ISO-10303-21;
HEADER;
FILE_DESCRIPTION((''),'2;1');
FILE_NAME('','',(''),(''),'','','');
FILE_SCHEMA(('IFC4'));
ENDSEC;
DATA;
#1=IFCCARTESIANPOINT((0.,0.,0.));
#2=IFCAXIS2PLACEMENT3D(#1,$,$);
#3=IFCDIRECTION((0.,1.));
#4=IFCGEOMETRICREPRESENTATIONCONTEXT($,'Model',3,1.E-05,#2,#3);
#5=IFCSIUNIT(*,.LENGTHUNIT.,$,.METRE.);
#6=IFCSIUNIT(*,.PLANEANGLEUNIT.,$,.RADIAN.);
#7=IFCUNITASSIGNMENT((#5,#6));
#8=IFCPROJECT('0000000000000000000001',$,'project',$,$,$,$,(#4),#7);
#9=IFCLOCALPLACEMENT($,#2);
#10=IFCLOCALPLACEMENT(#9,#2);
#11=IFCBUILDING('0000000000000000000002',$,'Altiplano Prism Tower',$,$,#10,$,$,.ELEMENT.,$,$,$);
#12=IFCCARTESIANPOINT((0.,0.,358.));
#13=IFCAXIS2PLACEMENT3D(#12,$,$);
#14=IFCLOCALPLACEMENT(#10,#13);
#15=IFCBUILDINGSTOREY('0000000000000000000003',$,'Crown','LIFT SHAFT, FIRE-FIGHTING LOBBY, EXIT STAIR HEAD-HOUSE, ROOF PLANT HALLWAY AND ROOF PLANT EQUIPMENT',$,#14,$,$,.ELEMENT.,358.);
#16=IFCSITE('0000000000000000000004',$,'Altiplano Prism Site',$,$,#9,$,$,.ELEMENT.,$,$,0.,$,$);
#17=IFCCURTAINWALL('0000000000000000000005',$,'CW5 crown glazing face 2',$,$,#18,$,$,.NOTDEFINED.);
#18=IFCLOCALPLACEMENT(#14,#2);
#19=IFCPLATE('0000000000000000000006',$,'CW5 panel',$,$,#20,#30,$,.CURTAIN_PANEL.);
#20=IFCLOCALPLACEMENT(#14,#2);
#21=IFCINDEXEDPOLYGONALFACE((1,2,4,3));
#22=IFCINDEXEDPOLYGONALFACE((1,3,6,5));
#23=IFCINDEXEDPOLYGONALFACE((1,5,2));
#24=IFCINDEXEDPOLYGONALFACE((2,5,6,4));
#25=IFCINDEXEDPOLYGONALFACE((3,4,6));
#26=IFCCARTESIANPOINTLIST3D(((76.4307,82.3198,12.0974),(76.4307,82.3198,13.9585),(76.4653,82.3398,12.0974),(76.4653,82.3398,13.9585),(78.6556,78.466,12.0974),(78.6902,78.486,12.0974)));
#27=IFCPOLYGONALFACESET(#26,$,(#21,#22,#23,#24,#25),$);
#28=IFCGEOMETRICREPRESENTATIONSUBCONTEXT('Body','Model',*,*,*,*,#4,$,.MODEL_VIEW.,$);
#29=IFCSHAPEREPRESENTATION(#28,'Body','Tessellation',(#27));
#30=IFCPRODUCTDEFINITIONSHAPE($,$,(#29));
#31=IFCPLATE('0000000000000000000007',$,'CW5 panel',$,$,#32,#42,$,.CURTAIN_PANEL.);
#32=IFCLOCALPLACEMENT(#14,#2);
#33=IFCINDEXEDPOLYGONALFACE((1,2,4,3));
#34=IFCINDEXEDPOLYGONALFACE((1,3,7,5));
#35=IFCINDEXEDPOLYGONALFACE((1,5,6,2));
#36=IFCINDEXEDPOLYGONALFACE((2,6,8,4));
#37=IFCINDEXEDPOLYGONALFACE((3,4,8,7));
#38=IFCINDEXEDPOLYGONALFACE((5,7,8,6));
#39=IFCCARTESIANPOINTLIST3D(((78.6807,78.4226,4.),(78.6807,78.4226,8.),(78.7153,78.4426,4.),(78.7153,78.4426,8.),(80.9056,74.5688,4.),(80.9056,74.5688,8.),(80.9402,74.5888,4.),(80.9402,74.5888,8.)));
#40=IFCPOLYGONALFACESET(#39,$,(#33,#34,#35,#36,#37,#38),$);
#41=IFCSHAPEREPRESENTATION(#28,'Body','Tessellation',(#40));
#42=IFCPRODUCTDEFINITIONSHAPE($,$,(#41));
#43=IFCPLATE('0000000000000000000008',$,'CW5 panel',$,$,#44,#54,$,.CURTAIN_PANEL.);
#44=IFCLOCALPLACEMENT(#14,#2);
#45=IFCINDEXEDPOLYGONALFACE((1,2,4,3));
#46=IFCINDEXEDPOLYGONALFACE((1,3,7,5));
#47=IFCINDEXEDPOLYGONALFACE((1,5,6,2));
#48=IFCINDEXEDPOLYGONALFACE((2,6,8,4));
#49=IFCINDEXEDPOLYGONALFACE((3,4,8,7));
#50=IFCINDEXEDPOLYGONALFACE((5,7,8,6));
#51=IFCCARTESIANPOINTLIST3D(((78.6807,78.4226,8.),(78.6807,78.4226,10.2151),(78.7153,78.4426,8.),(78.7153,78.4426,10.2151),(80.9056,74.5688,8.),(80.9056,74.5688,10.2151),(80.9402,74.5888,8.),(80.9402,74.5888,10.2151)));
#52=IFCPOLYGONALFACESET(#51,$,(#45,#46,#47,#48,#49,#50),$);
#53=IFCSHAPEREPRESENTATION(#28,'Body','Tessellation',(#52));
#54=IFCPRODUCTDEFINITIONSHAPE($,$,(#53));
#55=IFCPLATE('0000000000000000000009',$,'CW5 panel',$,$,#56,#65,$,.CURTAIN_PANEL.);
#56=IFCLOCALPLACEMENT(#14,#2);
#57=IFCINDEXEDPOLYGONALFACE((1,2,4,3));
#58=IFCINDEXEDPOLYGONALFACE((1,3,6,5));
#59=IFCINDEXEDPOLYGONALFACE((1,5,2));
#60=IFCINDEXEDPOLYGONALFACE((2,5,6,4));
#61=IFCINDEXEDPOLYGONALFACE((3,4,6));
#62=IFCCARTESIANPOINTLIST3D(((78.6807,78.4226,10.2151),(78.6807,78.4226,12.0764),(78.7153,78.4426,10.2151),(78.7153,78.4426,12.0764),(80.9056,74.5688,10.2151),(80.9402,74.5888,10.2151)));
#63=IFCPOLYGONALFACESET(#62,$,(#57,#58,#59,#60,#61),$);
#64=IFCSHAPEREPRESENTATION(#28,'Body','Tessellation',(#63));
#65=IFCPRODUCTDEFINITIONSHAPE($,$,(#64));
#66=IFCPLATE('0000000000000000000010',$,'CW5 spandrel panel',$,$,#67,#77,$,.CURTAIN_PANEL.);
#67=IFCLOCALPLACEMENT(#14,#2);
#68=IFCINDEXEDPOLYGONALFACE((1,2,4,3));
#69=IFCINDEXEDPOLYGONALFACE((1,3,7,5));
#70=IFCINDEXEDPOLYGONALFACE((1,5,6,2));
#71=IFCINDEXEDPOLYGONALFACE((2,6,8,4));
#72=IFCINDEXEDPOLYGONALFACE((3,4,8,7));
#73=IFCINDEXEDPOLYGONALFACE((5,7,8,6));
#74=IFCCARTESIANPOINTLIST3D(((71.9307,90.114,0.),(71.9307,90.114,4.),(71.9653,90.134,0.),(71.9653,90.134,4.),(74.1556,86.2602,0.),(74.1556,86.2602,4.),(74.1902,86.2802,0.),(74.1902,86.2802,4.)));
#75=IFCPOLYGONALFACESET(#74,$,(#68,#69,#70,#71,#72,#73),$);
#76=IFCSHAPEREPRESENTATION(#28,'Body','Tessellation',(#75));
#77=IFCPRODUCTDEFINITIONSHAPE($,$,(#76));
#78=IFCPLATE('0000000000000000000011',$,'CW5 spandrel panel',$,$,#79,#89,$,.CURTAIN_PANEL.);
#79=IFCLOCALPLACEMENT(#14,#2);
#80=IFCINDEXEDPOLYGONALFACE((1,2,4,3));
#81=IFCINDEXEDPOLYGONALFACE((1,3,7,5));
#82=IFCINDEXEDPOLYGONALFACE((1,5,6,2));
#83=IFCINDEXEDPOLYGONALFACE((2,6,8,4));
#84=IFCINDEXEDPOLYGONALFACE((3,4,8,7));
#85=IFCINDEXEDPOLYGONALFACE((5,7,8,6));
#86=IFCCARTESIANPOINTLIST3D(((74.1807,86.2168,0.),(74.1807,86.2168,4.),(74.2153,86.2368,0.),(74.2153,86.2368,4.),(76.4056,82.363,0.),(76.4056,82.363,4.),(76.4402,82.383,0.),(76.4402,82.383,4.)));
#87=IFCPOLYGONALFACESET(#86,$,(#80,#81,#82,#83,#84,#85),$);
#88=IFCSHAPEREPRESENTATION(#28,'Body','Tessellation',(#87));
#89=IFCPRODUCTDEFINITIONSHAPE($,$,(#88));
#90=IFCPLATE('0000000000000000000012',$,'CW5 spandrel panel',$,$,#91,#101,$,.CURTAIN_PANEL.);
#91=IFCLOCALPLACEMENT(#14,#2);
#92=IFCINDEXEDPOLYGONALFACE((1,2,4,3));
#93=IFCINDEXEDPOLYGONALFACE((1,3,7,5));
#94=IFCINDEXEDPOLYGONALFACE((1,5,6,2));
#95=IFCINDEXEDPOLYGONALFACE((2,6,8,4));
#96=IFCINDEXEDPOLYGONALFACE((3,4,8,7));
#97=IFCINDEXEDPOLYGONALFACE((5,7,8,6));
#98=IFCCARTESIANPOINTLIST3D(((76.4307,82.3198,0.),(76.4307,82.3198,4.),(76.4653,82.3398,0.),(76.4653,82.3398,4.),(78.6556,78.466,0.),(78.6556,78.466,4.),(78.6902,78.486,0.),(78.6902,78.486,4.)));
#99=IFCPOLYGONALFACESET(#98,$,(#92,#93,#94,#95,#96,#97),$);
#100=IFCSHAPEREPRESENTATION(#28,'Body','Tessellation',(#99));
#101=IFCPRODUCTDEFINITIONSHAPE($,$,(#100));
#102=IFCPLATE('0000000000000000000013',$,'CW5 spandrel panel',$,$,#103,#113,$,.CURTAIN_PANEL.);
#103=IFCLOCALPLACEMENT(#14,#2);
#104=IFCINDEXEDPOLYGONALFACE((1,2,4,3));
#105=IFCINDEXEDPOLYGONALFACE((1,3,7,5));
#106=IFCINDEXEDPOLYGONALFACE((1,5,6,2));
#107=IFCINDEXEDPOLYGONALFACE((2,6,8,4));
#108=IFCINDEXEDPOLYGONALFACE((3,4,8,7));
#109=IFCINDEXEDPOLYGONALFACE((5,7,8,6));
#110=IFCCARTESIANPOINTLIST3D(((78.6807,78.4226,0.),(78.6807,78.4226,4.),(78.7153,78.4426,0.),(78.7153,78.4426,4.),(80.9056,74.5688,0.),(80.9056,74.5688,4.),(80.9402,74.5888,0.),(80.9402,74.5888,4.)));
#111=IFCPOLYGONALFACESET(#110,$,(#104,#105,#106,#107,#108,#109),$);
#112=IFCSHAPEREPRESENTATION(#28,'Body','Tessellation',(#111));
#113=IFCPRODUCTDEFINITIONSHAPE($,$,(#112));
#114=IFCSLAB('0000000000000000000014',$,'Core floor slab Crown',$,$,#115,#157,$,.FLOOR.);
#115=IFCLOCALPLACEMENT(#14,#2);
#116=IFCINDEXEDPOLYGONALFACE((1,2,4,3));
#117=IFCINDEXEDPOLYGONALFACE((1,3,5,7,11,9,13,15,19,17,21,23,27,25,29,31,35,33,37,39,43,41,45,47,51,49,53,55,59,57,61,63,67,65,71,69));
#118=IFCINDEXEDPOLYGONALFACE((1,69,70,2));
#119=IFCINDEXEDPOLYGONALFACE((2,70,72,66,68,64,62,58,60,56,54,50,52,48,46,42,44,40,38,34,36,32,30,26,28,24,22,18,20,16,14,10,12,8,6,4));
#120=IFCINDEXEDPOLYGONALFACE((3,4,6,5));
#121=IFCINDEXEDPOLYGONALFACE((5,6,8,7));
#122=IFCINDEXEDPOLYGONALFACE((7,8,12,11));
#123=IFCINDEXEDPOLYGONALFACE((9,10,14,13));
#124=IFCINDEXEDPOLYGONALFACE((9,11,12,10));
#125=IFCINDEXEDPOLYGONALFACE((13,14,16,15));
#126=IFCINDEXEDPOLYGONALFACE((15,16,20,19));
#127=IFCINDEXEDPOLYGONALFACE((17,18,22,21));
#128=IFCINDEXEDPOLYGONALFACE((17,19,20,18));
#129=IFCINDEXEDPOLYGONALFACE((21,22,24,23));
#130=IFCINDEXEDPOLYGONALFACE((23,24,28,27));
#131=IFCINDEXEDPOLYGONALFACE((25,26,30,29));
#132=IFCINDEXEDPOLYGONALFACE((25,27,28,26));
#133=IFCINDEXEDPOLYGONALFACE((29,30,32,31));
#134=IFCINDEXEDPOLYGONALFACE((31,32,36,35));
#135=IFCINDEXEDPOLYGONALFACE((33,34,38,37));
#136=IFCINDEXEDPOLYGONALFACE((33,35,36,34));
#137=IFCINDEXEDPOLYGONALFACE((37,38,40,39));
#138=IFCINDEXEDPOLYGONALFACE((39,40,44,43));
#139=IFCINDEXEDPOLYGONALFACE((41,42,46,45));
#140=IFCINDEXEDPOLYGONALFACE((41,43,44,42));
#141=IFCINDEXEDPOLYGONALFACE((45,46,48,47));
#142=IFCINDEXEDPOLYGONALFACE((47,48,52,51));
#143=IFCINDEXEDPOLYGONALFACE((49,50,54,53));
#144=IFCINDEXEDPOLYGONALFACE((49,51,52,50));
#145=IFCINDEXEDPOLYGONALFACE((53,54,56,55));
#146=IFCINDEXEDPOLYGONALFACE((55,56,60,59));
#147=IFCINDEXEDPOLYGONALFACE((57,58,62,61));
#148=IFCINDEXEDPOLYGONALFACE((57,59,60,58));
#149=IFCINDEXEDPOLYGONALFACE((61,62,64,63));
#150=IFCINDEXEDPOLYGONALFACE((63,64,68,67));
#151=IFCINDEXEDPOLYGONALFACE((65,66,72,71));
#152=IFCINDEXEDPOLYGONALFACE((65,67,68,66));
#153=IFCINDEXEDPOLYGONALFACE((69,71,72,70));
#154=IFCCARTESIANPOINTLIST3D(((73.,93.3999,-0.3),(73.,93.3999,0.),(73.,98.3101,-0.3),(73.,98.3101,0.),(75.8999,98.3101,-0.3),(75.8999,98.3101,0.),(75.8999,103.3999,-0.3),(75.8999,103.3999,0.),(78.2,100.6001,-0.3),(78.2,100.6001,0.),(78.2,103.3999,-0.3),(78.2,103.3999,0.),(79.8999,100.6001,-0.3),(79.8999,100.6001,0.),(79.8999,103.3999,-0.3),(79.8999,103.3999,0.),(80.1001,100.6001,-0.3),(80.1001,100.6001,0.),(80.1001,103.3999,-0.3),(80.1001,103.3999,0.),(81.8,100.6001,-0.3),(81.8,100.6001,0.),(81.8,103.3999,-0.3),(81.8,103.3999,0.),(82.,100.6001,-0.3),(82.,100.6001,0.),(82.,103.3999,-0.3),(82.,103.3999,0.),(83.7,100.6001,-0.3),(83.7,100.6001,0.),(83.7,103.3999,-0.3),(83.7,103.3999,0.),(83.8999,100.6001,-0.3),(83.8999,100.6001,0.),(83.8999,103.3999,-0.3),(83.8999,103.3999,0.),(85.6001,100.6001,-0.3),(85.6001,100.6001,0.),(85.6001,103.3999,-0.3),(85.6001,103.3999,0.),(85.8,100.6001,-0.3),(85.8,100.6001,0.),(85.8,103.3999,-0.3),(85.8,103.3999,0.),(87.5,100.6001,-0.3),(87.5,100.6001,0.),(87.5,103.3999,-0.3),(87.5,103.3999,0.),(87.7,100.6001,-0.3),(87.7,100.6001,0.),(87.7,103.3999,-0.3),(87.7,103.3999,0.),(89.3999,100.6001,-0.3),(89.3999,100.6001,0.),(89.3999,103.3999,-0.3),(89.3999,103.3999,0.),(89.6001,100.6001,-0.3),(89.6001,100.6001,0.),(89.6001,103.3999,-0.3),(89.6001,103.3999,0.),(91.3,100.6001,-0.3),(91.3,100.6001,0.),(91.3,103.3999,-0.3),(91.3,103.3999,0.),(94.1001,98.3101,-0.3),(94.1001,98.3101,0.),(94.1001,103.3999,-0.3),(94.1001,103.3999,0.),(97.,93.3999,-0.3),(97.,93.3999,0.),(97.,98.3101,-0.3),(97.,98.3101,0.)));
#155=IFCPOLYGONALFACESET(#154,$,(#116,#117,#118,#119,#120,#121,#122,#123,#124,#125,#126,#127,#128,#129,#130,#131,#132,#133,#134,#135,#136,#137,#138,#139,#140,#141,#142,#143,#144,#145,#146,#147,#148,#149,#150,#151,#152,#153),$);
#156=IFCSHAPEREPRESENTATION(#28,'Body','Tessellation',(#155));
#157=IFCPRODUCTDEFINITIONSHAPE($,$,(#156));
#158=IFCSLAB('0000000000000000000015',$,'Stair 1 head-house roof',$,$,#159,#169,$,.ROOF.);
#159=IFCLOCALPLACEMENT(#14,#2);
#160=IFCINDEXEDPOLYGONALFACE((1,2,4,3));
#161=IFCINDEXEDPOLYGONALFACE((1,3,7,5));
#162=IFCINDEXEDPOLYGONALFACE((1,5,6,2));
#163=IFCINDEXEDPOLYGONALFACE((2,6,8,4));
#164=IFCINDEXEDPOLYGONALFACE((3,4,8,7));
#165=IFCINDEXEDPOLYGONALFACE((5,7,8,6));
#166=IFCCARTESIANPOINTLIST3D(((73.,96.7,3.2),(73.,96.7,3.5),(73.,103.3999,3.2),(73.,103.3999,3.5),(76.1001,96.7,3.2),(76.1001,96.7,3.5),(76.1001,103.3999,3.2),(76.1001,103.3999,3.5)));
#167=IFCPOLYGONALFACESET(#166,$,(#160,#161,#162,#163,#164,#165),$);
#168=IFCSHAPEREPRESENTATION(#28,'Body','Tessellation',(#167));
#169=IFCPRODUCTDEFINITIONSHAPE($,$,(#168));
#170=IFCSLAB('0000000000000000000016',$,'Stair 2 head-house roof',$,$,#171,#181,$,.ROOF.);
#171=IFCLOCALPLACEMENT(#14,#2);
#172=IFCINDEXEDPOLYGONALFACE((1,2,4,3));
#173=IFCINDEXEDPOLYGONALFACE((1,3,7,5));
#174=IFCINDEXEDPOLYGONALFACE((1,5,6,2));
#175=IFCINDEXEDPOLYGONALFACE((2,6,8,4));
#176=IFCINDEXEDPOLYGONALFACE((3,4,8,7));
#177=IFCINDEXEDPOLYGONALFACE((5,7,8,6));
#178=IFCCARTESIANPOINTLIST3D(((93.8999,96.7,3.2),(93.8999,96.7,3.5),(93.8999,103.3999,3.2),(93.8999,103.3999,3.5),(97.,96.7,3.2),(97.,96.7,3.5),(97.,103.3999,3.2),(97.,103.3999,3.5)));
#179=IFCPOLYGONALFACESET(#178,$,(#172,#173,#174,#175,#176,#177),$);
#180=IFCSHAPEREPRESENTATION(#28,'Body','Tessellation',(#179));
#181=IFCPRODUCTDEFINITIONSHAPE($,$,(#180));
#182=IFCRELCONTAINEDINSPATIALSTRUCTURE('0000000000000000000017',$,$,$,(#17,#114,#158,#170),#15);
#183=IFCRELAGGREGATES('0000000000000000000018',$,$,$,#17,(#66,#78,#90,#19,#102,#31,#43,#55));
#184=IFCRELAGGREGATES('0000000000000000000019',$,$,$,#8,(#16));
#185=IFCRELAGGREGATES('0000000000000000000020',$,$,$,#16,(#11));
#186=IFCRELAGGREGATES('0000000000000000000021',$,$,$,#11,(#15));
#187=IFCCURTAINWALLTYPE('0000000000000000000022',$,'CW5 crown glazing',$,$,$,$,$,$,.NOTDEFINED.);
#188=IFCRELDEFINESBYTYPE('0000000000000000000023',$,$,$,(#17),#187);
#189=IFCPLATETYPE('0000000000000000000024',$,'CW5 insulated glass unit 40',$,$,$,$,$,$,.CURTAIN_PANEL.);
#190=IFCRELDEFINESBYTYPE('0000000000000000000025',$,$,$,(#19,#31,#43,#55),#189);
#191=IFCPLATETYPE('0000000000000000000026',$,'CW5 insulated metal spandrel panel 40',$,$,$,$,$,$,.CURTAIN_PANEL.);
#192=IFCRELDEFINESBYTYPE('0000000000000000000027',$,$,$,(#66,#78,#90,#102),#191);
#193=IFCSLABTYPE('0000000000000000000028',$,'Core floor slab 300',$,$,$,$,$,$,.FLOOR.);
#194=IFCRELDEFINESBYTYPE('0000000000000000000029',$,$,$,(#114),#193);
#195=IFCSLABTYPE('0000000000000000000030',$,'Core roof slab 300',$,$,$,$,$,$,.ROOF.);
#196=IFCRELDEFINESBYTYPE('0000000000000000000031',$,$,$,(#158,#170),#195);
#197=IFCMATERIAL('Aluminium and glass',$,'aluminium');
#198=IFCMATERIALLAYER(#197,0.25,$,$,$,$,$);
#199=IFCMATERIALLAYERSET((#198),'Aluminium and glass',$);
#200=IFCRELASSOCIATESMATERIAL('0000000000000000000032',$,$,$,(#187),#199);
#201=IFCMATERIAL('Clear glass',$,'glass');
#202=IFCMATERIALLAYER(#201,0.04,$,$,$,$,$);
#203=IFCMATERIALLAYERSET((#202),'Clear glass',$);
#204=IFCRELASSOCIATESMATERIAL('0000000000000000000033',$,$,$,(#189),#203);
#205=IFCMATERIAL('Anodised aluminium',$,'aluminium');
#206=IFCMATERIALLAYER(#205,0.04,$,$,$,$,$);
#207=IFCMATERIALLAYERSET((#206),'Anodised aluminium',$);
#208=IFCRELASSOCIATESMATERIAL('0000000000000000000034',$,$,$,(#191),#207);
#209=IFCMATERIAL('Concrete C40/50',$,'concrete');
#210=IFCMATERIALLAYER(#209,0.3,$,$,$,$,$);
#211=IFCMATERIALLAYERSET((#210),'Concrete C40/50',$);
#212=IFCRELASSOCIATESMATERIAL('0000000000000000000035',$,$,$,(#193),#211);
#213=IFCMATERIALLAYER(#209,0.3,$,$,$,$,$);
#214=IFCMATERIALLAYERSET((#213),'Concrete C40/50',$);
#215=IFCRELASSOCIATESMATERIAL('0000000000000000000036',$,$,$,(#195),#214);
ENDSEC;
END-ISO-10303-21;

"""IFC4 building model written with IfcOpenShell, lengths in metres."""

from ifc_helpers import new_model, si_unit, direction, frame, origin, place, context, subcontext, project, spatial, polyline, outline, extrude, material, layer, layer_set, type_object, element, aggregate, save


model = new_model("IFC4")

# Units and contexts
model_context = context("Model", 3, precision=1e-05, world=origin(), true_north=direction((0.0, 1.0)))
body_context = subcontext(model_context, "Body", "Model", "MODEL_VIEW")
ifc_project = project(units=[si_unit("LENGTHUNIT", "METRE"), si_unit("PLANEANGLEUNIT", "RADIAN")], contexts=[model_context])

# Site, building, storey
site_placement = place(None, origin())
site = spatial("IfcSite", under=ifc_project, at=site_placement, Name="Altiplano Prism Site", CompositionType="ELEMENT", RefElevation=0.0)
building_placement = place(site_placement, origin())
building = spatial("IfcBuilding", under=site, at=building_placement, Name="Altiplano Prism Tower", CompositionType="ELEMENT")
storey_placement = place(building_placement, frame((0.0, 0.0, 358.0)))
storey = spatial("IfcBuildingStorey", under=building, at=storey_placement, Name="Crown", Description="LIFT SHAFT, FIRE-FIGHTING LOBBY, EXIT STAIR HEAD-HOUSE, ROOF PLANT HALLWAY AND ROOF PLANT EQUIPMENT", CompositionType="ELEMENT", Elevation=358.0)

# Curtain wall
ifc_material_1 = material(Name="Aluminium and glass", Category="aluminium")
ifc_layer_1 = layer(ifc_material_1, 0.25)
ifc_layer_set_1 = layer_set([ifc_layer_1], Name="Aluminium and glass")
curtain_wall_type = type_object("IfcCurtainWallType", Name="CW5 crown glazing", PredefinedType="NOTDEFINED", material=ifc_layer_set_1)
curtain_wall_placement = place(storey_placement, origin())
curtain_wall = element("IfcCurtainWall", 1, at=curtain_wall_placement, inside=storey, type_object=curtain_wall_type, Name="CW5 crown glazing face 2", PredefinedType="NOTDEFINED")

# Plates
ifc_material_2 = material(Name="Clear glass", Category="glass")
ifc_layer_2 = layer(ifc_material_2, 0.04)
ifc_layer_set_2 = layer_set([ifc_layer_2], Name="Clear glass")
plate_type_1 = type_object("IfcPlateType", Name="CW5 insulated glass unit 40", PredefinedType="CURTAIN_PANEL", material=ifc_layer_set_2)
plate_1_placement = place(storey_placement, frame((76.4307, 82.3198, 13.9585), z_axis=(-0.866037, -0.49998, 0.0), x_axis=(0.0, 0.0, -1.0)))
plate_1 = element("IfcPlate", 2, at=plate_1_placement, type_object=plate_type_1, Name="CW5 panel", PredefinedType="CURTAIN_PANEL", context=body_context, shape_type="SweptSolid", body=[
    extrude(outline(polyline([(0.0, 0.0), (1.8611, 0.0), (1.8611, 4.45), (0.0, 0.0)])), origin(), (0.0, 0.0, -1.0), 0.04),
])
plate_2_placement = place(storey_placement, frame((78.6807, 78.4226, 4.0), z_axis=(-0.866037, -0.49998, 0.0), x_axis=(0.49998, -0.866037, 0.0)))
plate_2 = element("IfcPlate", 3, at=plate_2_placement, type_object=plate_type_1, Name="CW5 panel", PredefinedType="CURTAIN_PANEL", context=body_context, shape_type="SweptSolid", body=[
    extrude(outline(polyline([(0.0, 0.0), (4.45, 0.0), (4.45, 4.0), (0.0, 4.0), (0.0, 0.0)])), origin(), (0.0, 0.0, -1.0), 0.04),
])
plate_3_placement = place(storey_placement, frame((78.6807, 78.4226, 8.0), z_axis=(-0.866037, -0.49998, 0.0), x_axis=(0.49998, -0.866037, 0.0)))
plate_3 = element("IfcPlate", 4, at=plate_3_placement, type_object=plate_type_1, Name="CW5 panel", PredefinedType="CURTAIN_PANEL", context=body_context, shape_type="SweptSolid", body=[
    extrude(outline(polyline([(0.0, 0.0), (4.45, 0.0), (4.45, 2.2151), (0.0, 2.2151), (0.0, 0.0)])), origin(), (0.0, 0.0, -1.0), 0.04),
])
plate_4_placement = place(storey_placement, frame((78.6807, 78.4226, 12.0764), z_axis=(-0.866037, -0.49998, 0.0), x_axis=(0.0, 0.0, -1.0)))
plate_4 = element("IfcPlate", 5, at=plate_4_placement, type_object=plate_type_1, Name="CW5 panel", PredefinedType="CURTAIN_PANEL", context=body_context, shape_type="SweptSolid", body=[
    extrude(outline(polyline([(0.0, 0.0), (1.8613, 0.0), (1.8613, 4.45), (0.0, 0.0)])), origin(), (0.0, 0.0, -1.0), 0.04),
])
ifc_material_3 = material(Name="Anodised aluminium", Category="aluminium")
ifc_layer_3 = layer(ifc_material_3, 0.04)
ifc_layer_set_3 = layer_set([ifc_layer_3], Name="Anodised aluminium")
plate_type_2 = type_object("IfcPlateType", Name="CW5 insulated metal spandrel panel 40", PredefinedType="CURTAIN_PANEL", material=ifc_layer_set_3)
plate_5_placement = place(storey_placement, frame((71.9307, 90.114, 0.0), z_axis=(-0.866037, -0.49998, 0.0), x_axis=(0.49998, -0.866037, 0.0)))
plate_5 = element("IfcPlate", 6, at=plate_5_placement, type_object=plate_type_2, Name="CW5 spandrel panel", PredefinedType="CURTAIN_PANEL", context=body_context, shape_type="SweptSolid", body=[
    extrude(outline(polyline([(0.0, 0.0), (4.45, 0.0), (4.45, 4.0), (0.0, 4.0), (0.0, 0.0)])), origin(), (0.0, 0.0, -1.0), 0.04),
])
plate_6_placement = place(storey_placement, frame((74.1807, 86.2168, 0.0), z_axis=(-0.866037, -0.49998, 0.0), x_axis=(0.49998, -0.866037, 0.0)))
plate_6 = element("IfcPlate", 7, at=plate_6_placement, type_object=plate_type_2, Name="CW5 spandrel panel", PredefinedType="CURTAIN_PANEL", context=body_context, shape_type="SweptSolid", body=[
    extrude(outline(polyline([(0.0, 0.0), (4.45, 0.0), (4.45, 4.0), (0.0, 4.0), (0.0, 0.0)])), origin(), (0.0, 0.0, -1.0), 0.04),
])
plate_7_placement = place(storey_placement, frame((76.4307, 82.3198, 0.0), z_axis=(-0.866037, -0.49998, 0.0), x_axis=(0.49998, -0.866037, 0.0)))
plate_7 = element("IfcPlate", 8, at=plate_7_placement, type_object=plate_type_2, Name="CW5 spandrel panel", PredefinedType="CURTAIN_PANEL", context=body_context, shape_type="SweptSolid", body=[
    extrude(outline(polyline([(0.0, 0.0), (4.45, 0.0), (4.45, 4.0), (0.0, 4.0), (0.0, 0.0)])), origin(), (0.0, 0.0, -1.0), 0.04),
])
plate_8_placement = place(storey_placement, frame((78.6807, 78.4226, 0.0), z_axis=(-0.866037, -0.49998, 0.0), x_axis=(0.49998, -0.866037, 0.0)))
plate_8 = element("IfcPlate", 9, at=plate_8_placement, type_object=plate_type_2, Name="CW5 spandrel panel", PredefinedType="CURTAIN_PANEL", context=body_context, shape_type="SweptSolid", body=[
    extrude(outline(polyline([(0.0, 0.0), (4.45, 0.0), (4.45, 4.0), (0.0, 4.0), (0.0, 0.0)])), origin(), (0.0, 0.0, -1.0), 0.04),
])
aggregate(curtain_wall, [plate_5, plate_6, plate_7, plate_1, plate_8, plate_2, plate_3, plate_4])

# Slabs
ifc_material_4 = material(Name="Concrete C40/50", Category="concrete")
ifc_layer_4 = layer(ifc_material_4, 0.3)
ifc_layer_set_4 = layer_set([ifc_layer_4], Name="Concrete C40/50")
slab_type_1 = type_object("IfcSlabType", Name="Core floor slab 300", PredefinedType="FLOOR", material=ifc_layer_set_4)
slab_1_placement = place(storey_placement, frame((0.0, 0.0, -0.3)))
element("IfcSlab", 10, at=slab_1_placement, inside=storey, type_object=slab_type_1, Name="Core floor slab Crown", PredefinedType="FLOOR", context=body_context, shape_type="SweptSolid", body=[
    extrude(outline(polyline([(97.0, 98.3101), (94.1001, 98.3101), (94.1001, 103.3999), (91.3, 103.3999), (91.3, 100.6001), (89.6001, 100.6001), (89.6001, 103.3999), (89.3999, 103.3999), (89.3999, 100.6001), (87.7, 100.6001), (87.7, 103.3999), (87.5, 103.3999), (87.5, 100.6001), (85.8, 100.6001), (85.8, 103.3999), (85.6001, 103.3999), (85.6001, 100.6001), (83.8999, 100.6001), (83.8999, 103.3999), (83.7, 103.3999), (83.7, 100.6001), (82.0, 100.6001), (82.0, 103.3999), (81.8, 103.3999), (81.8, 100.6001), (80.1001, 100.6001), (80.1001, 103.3999), (79.8999, 103.3999), (79.8999, 100.6001), (78.2, 100.6001), (78.2, 103.3999), (75.8999, 103.3999), (75.8999, 98.3101), (73.0, 98.3101), (73.0, 93.3999), (97.0, 93.3999), (97.0, 98.3101)])), origin(), (0.0, 0.0, 1.0), 0.3),
])
ifc_layer_5 = layer(ifc_material_4, 0.3)
ifc_layer_set_5 = layer_set([ifc_layer_5], Name="Concrete C40/50")
slab_type_2 = type_object("IfcSlabType", Name="Core roof slab 300", PredefinedType="ROOF", material=ifc_layer_set_5)
slab_2_placement = place(storey_placement, frame((0.0, 0.0, 3.2)))
element("IfcSlab", 11, at=slab_2_placement, inside=storey, type_object=slab_type_2, Name="Stair 1 head-house roof", PredefinedType="ROOF", context=body_context, shape_type="SweptSolid", body=[
    extrude(outline(polyline([(76.1001, 96.7), (76.1001, 103.3999), (73.0, 103.3999), (73.0, 96.7), (76.1001, 96.7)])), origin(), (0.0, 0.0, 1.0), 0.3),
])
slab_3_placement = place(storey_placement, frame((0.0, 0.0, 3.2)))
element("IfcSlab", 12, at=slab_3_placement, inside=storey, type_object=slab_type_2, Name="Stair 2 head-house roof", PredefinedType="ROOF", context=body_context, shape_type="SweptSolid", body=[
    extrude(outline(polyline([(97.0, 96.7), (97.0, 103.3999), (93.8999, 103.3999), (93.8999, 96.7), (97.0, 96.7)])), origin(), (0.0, 0.0, 1.0), 0.3),
])

save(model, "model.ifc")
